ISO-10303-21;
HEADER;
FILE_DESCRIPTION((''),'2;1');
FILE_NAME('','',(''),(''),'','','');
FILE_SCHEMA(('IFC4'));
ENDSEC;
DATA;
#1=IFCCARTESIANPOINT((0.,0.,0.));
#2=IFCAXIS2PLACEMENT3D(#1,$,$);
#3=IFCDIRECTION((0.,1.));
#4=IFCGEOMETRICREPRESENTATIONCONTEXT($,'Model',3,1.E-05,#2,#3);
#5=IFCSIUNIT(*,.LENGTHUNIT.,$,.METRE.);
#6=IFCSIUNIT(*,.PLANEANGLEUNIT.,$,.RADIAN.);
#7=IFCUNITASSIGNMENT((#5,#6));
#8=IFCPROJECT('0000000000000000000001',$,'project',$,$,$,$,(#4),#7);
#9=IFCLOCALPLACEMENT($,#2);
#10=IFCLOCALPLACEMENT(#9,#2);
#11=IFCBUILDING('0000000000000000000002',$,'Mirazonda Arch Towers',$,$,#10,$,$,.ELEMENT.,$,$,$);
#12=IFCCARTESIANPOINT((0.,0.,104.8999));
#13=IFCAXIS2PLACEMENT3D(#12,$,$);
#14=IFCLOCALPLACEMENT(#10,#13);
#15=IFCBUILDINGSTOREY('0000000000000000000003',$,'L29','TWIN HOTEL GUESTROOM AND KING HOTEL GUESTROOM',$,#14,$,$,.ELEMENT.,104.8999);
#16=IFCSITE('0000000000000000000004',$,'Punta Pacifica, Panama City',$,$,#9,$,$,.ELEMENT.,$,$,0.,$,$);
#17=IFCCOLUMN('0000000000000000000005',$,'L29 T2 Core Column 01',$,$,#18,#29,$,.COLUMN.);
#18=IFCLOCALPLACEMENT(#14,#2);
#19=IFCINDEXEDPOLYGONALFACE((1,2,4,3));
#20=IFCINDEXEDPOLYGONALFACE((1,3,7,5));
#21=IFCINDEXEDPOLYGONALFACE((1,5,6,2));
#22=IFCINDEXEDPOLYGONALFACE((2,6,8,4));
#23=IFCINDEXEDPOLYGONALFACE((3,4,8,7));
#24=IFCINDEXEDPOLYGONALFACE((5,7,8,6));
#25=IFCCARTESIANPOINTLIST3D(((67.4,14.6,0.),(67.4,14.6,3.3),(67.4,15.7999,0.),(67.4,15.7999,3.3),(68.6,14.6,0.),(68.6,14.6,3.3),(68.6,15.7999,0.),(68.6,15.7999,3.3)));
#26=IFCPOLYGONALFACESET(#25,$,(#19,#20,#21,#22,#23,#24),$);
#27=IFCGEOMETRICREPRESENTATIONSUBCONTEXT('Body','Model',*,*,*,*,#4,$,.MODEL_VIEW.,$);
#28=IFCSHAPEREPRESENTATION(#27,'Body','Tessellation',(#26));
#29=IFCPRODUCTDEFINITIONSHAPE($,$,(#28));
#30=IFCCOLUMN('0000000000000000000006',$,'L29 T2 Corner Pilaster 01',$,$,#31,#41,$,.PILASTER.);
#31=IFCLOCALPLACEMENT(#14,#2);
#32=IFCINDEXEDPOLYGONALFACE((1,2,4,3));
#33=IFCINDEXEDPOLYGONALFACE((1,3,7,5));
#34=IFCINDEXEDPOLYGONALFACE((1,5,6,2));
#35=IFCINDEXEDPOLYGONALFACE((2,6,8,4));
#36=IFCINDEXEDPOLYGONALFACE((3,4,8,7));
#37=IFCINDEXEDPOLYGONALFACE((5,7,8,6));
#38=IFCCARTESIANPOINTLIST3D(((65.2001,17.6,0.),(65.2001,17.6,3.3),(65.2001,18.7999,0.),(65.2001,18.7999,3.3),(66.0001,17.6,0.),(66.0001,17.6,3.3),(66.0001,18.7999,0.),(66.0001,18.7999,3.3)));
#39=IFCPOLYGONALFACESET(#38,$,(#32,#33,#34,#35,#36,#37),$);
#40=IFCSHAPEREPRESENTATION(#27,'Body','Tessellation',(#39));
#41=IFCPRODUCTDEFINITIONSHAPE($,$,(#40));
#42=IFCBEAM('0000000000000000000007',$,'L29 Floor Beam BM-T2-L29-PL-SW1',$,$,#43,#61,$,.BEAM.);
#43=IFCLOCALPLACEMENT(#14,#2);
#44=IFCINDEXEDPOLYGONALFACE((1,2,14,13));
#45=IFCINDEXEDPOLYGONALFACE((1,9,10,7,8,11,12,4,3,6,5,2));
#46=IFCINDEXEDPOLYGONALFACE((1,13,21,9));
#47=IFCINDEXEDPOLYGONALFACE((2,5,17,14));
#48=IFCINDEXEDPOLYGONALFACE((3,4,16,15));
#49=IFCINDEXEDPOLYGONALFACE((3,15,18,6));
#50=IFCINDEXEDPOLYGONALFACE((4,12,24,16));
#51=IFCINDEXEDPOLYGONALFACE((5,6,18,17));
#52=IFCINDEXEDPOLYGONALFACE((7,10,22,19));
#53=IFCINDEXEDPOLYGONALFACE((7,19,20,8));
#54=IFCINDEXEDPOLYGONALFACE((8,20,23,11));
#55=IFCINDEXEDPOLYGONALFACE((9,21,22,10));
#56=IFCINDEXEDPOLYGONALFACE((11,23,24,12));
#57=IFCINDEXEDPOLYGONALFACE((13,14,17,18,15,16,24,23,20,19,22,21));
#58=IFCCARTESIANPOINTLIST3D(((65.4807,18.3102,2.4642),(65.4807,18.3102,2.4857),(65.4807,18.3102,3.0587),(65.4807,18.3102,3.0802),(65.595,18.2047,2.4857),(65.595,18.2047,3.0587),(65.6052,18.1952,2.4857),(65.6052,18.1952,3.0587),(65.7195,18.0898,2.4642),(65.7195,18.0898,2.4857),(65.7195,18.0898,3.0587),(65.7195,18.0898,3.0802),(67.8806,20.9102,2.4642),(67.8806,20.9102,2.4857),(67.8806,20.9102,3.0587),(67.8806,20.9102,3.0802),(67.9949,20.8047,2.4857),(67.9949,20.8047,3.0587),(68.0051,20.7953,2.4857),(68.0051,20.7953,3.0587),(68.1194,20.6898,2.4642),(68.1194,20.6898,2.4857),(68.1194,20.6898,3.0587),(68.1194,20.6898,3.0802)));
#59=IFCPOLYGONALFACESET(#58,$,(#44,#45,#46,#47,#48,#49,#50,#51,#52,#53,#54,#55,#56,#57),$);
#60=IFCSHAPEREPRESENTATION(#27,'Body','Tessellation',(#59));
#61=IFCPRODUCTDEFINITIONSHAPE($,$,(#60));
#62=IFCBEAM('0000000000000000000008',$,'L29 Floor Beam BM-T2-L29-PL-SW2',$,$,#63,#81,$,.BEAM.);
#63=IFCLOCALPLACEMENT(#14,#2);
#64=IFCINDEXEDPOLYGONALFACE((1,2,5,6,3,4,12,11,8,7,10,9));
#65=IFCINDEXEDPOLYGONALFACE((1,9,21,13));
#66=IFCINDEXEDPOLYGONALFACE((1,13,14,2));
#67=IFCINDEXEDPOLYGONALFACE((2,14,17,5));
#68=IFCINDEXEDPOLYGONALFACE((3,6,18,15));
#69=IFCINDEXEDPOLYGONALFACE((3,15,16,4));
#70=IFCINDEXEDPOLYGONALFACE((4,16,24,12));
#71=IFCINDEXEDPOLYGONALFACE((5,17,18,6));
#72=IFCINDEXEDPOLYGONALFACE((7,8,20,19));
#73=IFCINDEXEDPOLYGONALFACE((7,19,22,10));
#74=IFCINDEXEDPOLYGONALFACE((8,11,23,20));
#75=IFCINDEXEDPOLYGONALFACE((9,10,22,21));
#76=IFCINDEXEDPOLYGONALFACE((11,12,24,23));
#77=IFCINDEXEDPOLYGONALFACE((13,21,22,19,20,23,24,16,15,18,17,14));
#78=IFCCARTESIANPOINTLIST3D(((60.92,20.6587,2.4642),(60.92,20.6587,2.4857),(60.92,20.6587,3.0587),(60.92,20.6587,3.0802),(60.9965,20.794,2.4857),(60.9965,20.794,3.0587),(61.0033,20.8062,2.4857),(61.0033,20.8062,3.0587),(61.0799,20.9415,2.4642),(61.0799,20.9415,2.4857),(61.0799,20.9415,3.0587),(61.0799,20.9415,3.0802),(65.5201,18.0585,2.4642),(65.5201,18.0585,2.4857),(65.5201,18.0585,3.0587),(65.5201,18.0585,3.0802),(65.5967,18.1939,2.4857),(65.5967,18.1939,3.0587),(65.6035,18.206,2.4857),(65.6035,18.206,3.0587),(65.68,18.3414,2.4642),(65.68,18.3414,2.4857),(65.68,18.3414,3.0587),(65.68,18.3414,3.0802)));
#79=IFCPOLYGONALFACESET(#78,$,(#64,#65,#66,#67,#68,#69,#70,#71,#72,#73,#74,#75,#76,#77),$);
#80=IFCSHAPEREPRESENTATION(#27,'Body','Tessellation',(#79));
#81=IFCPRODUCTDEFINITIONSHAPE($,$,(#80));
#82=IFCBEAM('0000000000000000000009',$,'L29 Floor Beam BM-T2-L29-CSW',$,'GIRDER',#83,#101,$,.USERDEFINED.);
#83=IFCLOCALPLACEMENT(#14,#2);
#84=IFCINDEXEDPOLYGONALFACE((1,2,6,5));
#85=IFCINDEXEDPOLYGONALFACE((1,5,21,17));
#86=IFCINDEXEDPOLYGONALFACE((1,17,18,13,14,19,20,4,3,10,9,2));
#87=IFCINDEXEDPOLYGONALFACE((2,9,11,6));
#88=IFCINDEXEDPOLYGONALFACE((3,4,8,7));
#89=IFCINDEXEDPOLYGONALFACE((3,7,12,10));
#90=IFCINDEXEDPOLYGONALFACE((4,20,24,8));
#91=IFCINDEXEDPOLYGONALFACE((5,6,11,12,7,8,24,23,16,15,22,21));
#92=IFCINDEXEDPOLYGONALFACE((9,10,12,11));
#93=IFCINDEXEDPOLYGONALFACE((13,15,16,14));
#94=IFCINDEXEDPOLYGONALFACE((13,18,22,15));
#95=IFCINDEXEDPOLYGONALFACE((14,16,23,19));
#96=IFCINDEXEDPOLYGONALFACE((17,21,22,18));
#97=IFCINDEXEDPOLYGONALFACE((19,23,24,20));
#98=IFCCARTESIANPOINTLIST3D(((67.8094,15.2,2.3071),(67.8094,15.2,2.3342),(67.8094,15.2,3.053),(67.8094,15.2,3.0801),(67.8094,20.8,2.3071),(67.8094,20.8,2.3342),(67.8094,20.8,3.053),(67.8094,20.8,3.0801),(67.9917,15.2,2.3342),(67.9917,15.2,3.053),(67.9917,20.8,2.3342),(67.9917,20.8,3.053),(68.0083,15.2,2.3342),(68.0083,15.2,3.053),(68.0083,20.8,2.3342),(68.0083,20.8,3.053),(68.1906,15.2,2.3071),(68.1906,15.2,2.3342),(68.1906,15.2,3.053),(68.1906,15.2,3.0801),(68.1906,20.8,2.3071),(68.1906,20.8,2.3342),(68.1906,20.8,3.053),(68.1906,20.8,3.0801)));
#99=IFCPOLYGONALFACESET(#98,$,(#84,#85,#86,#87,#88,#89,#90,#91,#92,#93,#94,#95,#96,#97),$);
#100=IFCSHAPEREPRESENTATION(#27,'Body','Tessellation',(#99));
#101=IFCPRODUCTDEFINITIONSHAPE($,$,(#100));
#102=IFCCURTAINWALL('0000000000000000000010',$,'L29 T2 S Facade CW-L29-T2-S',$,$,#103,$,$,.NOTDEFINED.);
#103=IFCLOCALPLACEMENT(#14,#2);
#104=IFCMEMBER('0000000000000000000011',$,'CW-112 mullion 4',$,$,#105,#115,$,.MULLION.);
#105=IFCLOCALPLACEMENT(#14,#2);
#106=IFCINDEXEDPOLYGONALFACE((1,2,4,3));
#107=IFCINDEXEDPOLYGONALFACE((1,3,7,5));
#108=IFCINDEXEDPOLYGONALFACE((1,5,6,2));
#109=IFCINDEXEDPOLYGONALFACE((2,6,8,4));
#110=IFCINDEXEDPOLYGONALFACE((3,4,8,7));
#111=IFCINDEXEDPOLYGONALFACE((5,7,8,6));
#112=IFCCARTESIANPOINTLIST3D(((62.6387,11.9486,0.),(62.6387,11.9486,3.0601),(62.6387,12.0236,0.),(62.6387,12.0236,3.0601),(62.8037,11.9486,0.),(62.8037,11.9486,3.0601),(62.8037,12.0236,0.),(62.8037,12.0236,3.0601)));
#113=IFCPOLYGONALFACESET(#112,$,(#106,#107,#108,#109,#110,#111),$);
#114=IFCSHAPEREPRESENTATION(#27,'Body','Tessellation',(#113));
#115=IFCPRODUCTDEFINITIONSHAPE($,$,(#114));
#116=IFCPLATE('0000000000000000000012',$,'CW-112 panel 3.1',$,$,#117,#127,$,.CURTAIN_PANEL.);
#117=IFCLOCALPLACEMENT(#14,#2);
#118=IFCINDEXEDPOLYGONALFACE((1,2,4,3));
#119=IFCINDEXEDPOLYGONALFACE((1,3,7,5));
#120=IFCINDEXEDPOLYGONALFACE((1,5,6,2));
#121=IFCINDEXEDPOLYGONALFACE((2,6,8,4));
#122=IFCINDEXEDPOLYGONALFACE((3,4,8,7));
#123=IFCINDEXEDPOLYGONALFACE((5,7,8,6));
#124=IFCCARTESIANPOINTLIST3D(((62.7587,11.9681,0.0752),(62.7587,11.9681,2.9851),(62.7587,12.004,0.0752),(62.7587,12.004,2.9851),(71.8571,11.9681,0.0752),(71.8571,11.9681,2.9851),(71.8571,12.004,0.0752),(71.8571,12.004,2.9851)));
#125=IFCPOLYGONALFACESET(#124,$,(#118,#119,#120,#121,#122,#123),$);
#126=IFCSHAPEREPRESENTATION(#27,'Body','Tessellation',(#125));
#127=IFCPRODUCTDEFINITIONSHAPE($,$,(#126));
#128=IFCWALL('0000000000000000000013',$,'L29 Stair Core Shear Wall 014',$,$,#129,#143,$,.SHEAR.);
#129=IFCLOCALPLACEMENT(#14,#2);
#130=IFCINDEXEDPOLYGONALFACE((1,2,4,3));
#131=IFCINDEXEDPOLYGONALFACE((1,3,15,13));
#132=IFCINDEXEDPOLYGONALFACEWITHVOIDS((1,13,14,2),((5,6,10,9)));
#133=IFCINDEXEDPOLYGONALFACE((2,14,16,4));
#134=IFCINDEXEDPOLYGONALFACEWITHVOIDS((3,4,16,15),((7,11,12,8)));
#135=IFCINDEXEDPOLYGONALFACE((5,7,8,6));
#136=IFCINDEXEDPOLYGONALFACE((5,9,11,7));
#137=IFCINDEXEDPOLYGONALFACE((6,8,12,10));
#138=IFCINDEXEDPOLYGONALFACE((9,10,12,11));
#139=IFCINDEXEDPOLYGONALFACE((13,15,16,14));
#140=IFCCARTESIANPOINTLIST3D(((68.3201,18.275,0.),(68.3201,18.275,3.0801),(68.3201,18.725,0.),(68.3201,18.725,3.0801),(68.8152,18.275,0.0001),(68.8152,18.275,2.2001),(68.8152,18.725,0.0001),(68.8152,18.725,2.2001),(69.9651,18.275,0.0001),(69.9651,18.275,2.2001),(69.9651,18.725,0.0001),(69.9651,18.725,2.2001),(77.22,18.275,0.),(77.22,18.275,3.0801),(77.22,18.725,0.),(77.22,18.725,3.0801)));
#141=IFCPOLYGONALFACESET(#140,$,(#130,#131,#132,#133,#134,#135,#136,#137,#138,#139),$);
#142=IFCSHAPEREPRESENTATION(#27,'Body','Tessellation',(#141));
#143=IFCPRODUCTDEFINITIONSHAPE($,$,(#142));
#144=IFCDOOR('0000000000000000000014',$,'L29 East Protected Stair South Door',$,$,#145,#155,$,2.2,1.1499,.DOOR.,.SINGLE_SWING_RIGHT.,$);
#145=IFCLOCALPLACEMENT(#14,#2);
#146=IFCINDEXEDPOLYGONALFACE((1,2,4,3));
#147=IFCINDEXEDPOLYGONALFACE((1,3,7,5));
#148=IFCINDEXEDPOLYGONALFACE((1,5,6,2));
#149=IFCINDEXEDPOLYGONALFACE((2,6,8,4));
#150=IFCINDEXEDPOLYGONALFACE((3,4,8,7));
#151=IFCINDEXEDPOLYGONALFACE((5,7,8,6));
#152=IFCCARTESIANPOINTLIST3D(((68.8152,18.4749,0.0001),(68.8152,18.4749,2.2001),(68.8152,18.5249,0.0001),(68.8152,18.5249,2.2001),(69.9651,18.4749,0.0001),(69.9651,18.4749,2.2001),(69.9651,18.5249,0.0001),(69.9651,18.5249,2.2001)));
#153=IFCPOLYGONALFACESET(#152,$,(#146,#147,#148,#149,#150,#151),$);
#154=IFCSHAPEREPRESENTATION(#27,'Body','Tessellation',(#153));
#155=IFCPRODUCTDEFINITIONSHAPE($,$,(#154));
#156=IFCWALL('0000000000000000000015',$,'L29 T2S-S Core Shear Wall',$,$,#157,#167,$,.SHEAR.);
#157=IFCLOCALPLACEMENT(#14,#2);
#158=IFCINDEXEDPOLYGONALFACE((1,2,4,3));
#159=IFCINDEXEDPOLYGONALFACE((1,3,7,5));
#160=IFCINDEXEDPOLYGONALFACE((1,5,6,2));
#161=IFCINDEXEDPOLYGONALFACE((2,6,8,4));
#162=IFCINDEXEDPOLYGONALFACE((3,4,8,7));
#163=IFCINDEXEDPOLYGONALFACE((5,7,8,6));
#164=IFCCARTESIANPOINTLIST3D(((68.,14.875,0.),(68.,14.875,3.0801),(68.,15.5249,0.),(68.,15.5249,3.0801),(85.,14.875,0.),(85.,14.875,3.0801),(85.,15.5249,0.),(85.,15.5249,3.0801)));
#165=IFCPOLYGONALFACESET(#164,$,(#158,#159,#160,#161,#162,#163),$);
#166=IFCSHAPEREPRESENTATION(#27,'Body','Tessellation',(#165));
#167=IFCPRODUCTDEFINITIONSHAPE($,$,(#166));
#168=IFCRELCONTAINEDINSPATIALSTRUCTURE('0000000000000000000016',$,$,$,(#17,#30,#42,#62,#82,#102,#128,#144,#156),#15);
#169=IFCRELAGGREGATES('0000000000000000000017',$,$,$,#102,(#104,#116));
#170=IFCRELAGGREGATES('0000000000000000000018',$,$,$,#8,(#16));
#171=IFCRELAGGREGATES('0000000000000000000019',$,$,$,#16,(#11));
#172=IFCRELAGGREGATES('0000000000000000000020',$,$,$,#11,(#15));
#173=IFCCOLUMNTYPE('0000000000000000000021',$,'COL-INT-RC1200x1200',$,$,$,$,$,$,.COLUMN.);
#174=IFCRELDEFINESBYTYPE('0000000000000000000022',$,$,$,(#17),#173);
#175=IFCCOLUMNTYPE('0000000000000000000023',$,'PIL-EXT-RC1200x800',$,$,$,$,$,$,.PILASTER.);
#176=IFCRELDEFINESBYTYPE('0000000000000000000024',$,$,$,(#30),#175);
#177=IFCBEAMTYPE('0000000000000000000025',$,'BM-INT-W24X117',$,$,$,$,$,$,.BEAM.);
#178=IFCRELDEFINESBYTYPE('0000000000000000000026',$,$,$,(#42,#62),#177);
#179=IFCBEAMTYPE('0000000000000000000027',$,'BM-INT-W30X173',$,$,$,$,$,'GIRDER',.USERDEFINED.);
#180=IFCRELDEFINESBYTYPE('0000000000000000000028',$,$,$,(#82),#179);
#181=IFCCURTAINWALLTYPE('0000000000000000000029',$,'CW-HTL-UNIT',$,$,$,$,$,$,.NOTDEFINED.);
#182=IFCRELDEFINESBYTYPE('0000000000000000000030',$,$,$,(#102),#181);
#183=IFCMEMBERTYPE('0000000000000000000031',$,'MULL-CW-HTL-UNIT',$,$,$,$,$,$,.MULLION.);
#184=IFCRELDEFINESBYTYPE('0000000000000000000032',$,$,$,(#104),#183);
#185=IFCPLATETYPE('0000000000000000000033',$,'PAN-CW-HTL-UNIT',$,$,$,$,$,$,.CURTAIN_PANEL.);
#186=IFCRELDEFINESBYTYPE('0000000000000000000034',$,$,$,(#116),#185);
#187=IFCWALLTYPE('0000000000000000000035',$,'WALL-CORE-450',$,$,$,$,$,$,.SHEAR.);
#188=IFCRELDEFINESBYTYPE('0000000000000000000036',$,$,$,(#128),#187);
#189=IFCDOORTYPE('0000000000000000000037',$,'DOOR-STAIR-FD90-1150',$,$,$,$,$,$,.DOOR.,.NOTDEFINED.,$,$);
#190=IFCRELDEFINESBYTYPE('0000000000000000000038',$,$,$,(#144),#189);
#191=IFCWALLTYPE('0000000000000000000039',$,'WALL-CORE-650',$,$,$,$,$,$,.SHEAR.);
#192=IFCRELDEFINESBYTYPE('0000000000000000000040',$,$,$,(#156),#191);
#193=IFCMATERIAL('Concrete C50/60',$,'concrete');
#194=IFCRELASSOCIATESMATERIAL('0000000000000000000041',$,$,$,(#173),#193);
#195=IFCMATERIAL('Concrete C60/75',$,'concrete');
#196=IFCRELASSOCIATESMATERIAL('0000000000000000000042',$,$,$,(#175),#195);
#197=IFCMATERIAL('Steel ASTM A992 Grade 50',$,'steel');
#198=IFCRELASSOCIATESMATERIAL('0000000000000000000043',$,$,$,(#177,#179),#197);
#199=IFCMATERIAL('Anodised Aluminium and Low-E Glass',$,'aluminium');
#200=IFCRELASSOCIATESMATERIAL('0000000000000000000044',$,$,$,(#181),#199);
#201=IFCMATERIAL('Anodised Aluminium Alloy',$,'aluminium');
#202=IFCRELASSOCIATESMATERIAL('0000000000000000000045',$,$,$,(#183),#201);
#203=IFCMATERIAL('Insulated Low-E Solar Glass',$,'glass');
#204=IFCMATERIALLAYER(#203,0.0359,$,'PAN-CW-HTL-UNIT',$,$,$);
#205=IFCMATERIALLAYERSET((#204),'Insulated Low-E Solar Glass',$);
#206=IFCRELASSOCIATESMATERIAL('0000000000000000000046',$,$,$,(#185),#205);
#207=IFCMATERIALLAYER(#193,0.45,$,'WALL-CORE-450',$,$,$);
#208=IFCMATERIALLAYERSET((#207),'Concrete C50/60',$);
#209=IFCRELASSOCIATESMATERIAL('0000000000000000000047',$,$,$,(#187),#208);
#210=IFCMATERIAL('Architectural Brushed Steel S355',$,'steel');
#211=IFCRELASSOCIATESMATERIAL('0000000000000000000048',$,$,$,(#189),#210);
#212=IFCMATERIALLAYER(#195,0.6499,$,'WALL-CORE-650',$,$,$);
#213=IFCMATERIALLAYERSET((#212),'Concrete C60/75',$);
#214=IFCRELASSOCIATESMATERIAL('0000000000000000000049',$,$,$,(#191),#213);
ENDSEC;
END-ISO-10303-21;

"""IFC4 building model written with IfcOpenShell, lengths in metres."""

from ifc_helpers import new_model, si_unit, direction, frame, frame_2d, origin, origin_2d, place, context, subcontext, project, spatial, rectangle, i_section, extrude, material, layer, layer_set, material_profile, profile_set, type_object, element, fill, aggregate, save


model = new_model("IFC4")

# Units and contexts
model_context = context("Model", 3, precision=1e-05, world=origin(), true_north=direction((0.0, 1.0)))
body_context = subcontext(model_context, "Body", "Model", "MODEL_VIEW")
ifc_project = project(units=[si_unit("LENGTHUNIT", "METRE"), si_unit("PLANEANGLEUNIT", "RADIAN")], contexts=[model_context])

# Site, building, storey
site_placement = place(None, origin())
site = spatial("IfcSite", under=ifc_project, at=site_placement, Name="Punta Pacifica, Panama City", CompositionType="ELEMENT", RefElevation=0.0)
building_placement = place(site_placement, origin())
building = spatial("IfcBuilding", under=site, at=building_placement, Name="Mirazonda Arch Towers", CompositionType="ELEMENT")
storey_placement = place(building_placement, frame((0.0, 0.0, 104.8999)))
storey = spatial("IfcBuildingStorey", under=building, at=storey_placement, Name="L29", Description="TWIN HOTEL GUESTROOM AND KING HOTEL GUESTROOM", CompositionType="ELEMENT", Elevation=104.8999)

# Columns
ifc_material_1 = material(Name="Concrete C50/60", Category="concrete")
ifc_material_profile_1 = material_profile(ifc_material_1, rectangle(XDim=1.2, YDim=1.2, at=origin_2d()), Name="RC1200x1200")
ifc_profile_set_1 = profile_set([ifc_material_profile_1], Name="Concrete C50/60")
column_type_1 = type_object("IfcColumnType", Name="COL-INT-RC1200x1200", PredefinedType="COLUMN", material=ifc_profile_set_1)
column_1_placement = place(storey_placement, frame((68.0, 15.2, 0.0), z_axis=(0.0, 0.0, 1.0), x_axis=(1.0, 0.0, 0.0)))
element("IfcColumn", 1, at=column_1_placement, inside=storey, type_object=column_type_1, Name="L29 T2 Core Column 01", PredefinedType="COLUMN", context=body_context, shape_type="SweptSolid", body=[
    extrude(rectangle(XDim=1.2, YDim=1.2, at=origin_2d()), origin(), (0.0, 0.0, 1.0), 3.3),
])
ifc_material_2 = material(Name="Concrete C60/75", Category="concrete")
ifc_material_profile_2 = material_profile(ifc_material_2, rectangle(XDim=0.8, YDim=1.2, at=origin_2d()), Name="RC1200x800")
ifc_profile_set_2 = profile_set([ifc_material_profile_2], Name="Concrete C60/75")
column_type_2 = type_object("IfcColumnType", Name="PIL-EXT-RC1200x800", PredefinedType="PILASTER", material=ifc_profile_set_2)
column_2_placement = place(storey_placement, frame((65.6001, 18.2, 0.0), z_axis=(0.0, 0.0, 1.0), x_axis=(1.0, 0.0, 0.0)))
element("IfcColumn", 2, at=column_2_placement, inside=storey, type_object=column_type_2, Name="L29 T2 Corner Pilaster 01", PredefinedType="PILASTER", context=body_context, shape_type="SweptSolid", body=[
    extrude(rectangle(XDim=0.8, YDim=1.2, at=origin_2d()), origin(), (0.0, 0.0, 1.0), 3.3),
])

# Beams
ifc_material_3 = material(Name="Steel ASTM A992 Grade 50", Category="steel")
ifc_material_profile_3 = material_profile(ifc_material_3, i_section(OverallWidth=0.325, OverallDepth=0.616, WebThickness=0.0139, FlangeThickness=0.0215, at=origin_2d()), Name="W24X117")
ifc_profile_set_3 = profile_set([ifc_material_profile_3], Name="Steel ASTM A992 Grade 50")
beam_type_1 = type_object("IfcBeamType", Name="BM-INT-W24X117", PredefinedType="BEAM", material=ifc_profile_set_3)
beam_1_placement = place(storey_placement, frame((65.6001, 18.2, 2.7722), z_axis=(0.678251, 0.73483, 0.0), x_axis=(-0.73483, 0.678251, 0.0)))
element("IfcBeam", 3, at=beam_1_placement, inside=storey, type_object=beam_type_1, Name="L29 Floor Beam BM-T2-L29-PL-SW1", PredefinedType="BEAM", context=body_context, shape_type="SweptSolid", body=[
    extrude(i_section(OverallWidth=0.325, OverallDepth=0.616, WebThickness=0.0139, FlangeThickness=0.0215, at=origin_2d()), origin(), (0.0, 0.0, 1.0), 3.5383),
])
beam_2_placement = place(storey_placement, frame((65.6001, 18.2, 2.7722), z_axis=(-0.870559, 0.492063, 0.0), x_axis=(-0.492063, -0.870559, 0.0)))
element("IfcBeam", 4, at=beam_2_placement, inside=storey, type_object=beam_type_1, Name="L29 Floor Beam BM-T2-L29-PL-SW2", PredefinedType="BEAM", context=body_context, shape_type="SweptSolid", body=[
    extrude(i_section(OverallWidth=0.325, OverallDepth=0.616, WebThickness=0.0139, FlangeThickness=0.0215, at=origin_2d()), origin(), (0.0, 0.0, 1.0), 5.2842),
])
ifc_material_profile_4 = material_profile(ifc_material_3, i_section(OverallWidth=0.3811, OverallDepth=0.7729, WebThickness=0.0166, FlangeThickness=0.0271, at=origin_2d()), Name="W30X173")
ifc_profile_set_4 = profile_set([ifc_material_profile_4], Name="Steel ASTM A992 Grade 50")
beam_type_2 = type_object("IfcBeamType", Name="BM-INT-W30X173", ElementType="GIRDER", PredefinedType="USERDEFINED", material=ifc_profile_set_4)
beam_3_placement = place(storey_placement, frame((68.0, 15.2, 2.6936), z_axis=(0.0, 1.0, 0.0), x_axis=(-1.0, 0.0, 0.0)))
element("IfcBeam", 5, at=beam_3_placement, inside=storey, type_object=beam_type_2, Name="L29 Floor Beam BM-T2-L29-CSW", ObjectType="GIRDER", PredefinedType="USERDEFINED", context=body_context, shape_type="SweptSolid", body=[
    extrude(i_section(OverallWidth=0.3811, OverallDepth=0.7729, WebThickness=0.0166, FlangeThickness=0.0271, at=origin_2d()), origin(), (0.0, 0.0, 1.0), 5.6001),
])

# Curtain wall, member, plate
ifc_material_4 = material(Name="Anodised Aluminium and Low-E Glass", Category="aluminium")
curtain_wall_type = type_object("IfcCurtainWallType", Name="CW-HTL-UNIT", PredefinedType="NOTDEFINED", material=ifc_material_4)
curtain_wall_placement = place(storey_placement, origin())
curtain_wall = element("IfcCurtainWall", 6, at=curtain_wall_placement, inside=storey, type_object=curtain_wall_type, Name="L29 T2 S Facade CW-L29-T2-S", PredefinedType="NOTDEFINED")
ifc_material_5 = material(Name="Anodised Aluminium Alloy", Category="aluminium")
ifc_material_profile_5 = material_profile(ifc_material_5, rectangle(XDim=0.075, YDim=0.165, at=origin_2d()), Name="ALU-MULL-75x165")
ifc_profile_set_5 = profile_set([ifc_material_profile_5], Name="Anodised Aluminium Alloy")
member_type = type_object("IfcMemberType", Name="MULL-CW-HTL-UNIT", PredefinedType="MULLION", material=ifc_profile_set_5)
member_placement = place(storey_placement, frame((62.7212, 11.9861, 0.0), z_axis=(0.0, 0.0, 1.0), x_axis=(0.0, -1.0, 0.0)))
member = element("IfcMember", 7, at=member_placement, type_object=member_type, Name="CW-112 mullion 4", PredefinedType="MULLION", context=body_context, shape_type="SweptSolid", body=[
    extrude(rectangle(XDim=0.075, YDim=0.165, at=origin_2d()), origin(), (0.0, 0.0, 1.0), 3.0601),
])
ifc_material_6 = material(Name="Insulated Low-E Solar Glass", Category="glass")
ifc_layer_1 = layer(ifc_material_6, 0.0359, Name="PAN-CW-HTL-UNIT")
ifc_layer_set_1 = layer_set([ifc_layer_1], Name="Insulated Low-E Solar Glass")
plate_type = type_object("IfcPlateType", Name="PAN-CW-HTL-UNIT", PredefinedType="CURTAIN_PANEL", material=ifc_layer_set_1)
plate_placement = place(storey_placement, frame((67.3079, 11.9861, 0.0752), z_axis=(0.0, 0.0, 1.0), x_axis=(-1.0, 0.0, 0.0)))
plate = element("IfcPlate", 8, at=plate_placement, type_object=plate_type, Name="CW-112 panel 3.1", PredefinedType="CURTAIN_PANEL", context=body_context, shape_type="SweptSolid", body=[
    extrude(rectangle(XDim=9.0984, YDim=0.0359, at=origin_2d()), origin(), (0.0, 0.0, 1.0), 2.9099),
])
aggregate(curtain_wall, [member, plate])

# Wall, opening, door
ifc_layer_2 = layer(ifc_material_1, 0.45, Name="WALL-CORE-450")
ifc_layer_set_2 = layer_set([ifc_layer_2], Name="Concrete C50/60")
wall_type_1 = type_object("IfcWallType", Name="WALL-CORE-450", PredefinedType="SHEAR", material=ifc_layer_set_2)
wall_1_placement = place(storey_placement, frame((68.3201, 18.5, 0.0), z_axis=(0.0, 0.0, 1.0), x_axis=(1.0, 0.0, 0.0)))
wall_1 = element("IfcWall", 9, at=wall_1_placement, inside=storey, type_object=wall_type_1, Name="L29 Stair Core Shear Wall 014", PredefinedType="SHEAR", context=body_context, shape_type="SweptSolid", body=[
    extrude(rectangle(XDim=8.8999, YDim=0.45, at=frame_2d((4.45, 0.0))), origin(), (0.0, 0.0, 1.0), 3.0801),
])
opening_1_placement = place(wall_1_placement, frame((0.4951, 0.0, 0.0)))
opening_1 = element("IfcOpeningElement", 10, at=opening_1_placement, cuts=wall_1, PredefinedType="OPENING", context=body_context, shape_type="SweptSolid", body=[
    extrude(rectangle(XDim=1.1499, YDim=2.2, at=frame_2d((0.575, 1.1001))), frame((0.0, 0.2349, 0.0), z_axis=(0.0, -1.0, 0.0), x_axis=(1.0, 0.0, 0.0)), (0.0, 0.0, 1.0), 0.47),
])
ifc_material_7 = material(Name="Architectural Brushed Steel S355", Category="steel")
door_type = type_object("IfcDoorType", Name="DOOR-STAIR-FD90-1150", OperationType="NOTDEFINED", PredefinedType="DOOR", material=ifc_material_7)
door_placement = place(opening_1_placement, origin())
door = element("IfcDoor", 11, at=door_placement, inside=storey, type_object=door_type, Name="L29 East Protected Stair South Door", OperationType="SINGLE_SWING_RIGHT", OverallHeight=2.2, OverallWidth=1.1499, PredefinedType="DOOR", context=body_context, shape_type="SweptSolid", body=[
    extrude(rectangle(XDim=1.1499, YDim=2.2, at=frame_2d((0.575, 1.1001))), frame((0.0, 0.0249, 0.0), z_axis=(0.0, -1.0, 0.0), x_axis=(1.0, 0.0, 0.0)), (0.0, 0.0, 1.0), 0.05),
])
fill(opening_1, door)

# Wall
ifc_layer_3 = layer(ifc_material_2, 0.6499, Name="WALL-CORE-650")
ifc_layer_set_3 = layer_set([ifc_layer_3], Name="Concrete C60/75")
wall_type_2 = type_object("IfcWallType", Name="WALL-CORE-650", PredefinedType="SHEAR", material=ifc_layer_set_3)
wall_2_placement = place(storey_placement, frame((68.0, 15.2, 0.0), z_axis=(0.0, 0.0, 1.0), x_axis=(1.0, 0.0, 0.0)))
element("IfcWall", 12, at=wall_2_placement, inside=storey, type_object=wall_type_2, Name="L29 T2S-S Core Shear Wall", PredefinedType="SHEAR", context=body_context, shape_type="SweptSolid", body=[
    extrude(rectangle(XDim=17.0, YDim=0.6499, at=frame_2d((8.5, 0.0))), origin(), (0.0, 0.0, 1.0), 3.0801),
])

save(model, "model.ifc")
